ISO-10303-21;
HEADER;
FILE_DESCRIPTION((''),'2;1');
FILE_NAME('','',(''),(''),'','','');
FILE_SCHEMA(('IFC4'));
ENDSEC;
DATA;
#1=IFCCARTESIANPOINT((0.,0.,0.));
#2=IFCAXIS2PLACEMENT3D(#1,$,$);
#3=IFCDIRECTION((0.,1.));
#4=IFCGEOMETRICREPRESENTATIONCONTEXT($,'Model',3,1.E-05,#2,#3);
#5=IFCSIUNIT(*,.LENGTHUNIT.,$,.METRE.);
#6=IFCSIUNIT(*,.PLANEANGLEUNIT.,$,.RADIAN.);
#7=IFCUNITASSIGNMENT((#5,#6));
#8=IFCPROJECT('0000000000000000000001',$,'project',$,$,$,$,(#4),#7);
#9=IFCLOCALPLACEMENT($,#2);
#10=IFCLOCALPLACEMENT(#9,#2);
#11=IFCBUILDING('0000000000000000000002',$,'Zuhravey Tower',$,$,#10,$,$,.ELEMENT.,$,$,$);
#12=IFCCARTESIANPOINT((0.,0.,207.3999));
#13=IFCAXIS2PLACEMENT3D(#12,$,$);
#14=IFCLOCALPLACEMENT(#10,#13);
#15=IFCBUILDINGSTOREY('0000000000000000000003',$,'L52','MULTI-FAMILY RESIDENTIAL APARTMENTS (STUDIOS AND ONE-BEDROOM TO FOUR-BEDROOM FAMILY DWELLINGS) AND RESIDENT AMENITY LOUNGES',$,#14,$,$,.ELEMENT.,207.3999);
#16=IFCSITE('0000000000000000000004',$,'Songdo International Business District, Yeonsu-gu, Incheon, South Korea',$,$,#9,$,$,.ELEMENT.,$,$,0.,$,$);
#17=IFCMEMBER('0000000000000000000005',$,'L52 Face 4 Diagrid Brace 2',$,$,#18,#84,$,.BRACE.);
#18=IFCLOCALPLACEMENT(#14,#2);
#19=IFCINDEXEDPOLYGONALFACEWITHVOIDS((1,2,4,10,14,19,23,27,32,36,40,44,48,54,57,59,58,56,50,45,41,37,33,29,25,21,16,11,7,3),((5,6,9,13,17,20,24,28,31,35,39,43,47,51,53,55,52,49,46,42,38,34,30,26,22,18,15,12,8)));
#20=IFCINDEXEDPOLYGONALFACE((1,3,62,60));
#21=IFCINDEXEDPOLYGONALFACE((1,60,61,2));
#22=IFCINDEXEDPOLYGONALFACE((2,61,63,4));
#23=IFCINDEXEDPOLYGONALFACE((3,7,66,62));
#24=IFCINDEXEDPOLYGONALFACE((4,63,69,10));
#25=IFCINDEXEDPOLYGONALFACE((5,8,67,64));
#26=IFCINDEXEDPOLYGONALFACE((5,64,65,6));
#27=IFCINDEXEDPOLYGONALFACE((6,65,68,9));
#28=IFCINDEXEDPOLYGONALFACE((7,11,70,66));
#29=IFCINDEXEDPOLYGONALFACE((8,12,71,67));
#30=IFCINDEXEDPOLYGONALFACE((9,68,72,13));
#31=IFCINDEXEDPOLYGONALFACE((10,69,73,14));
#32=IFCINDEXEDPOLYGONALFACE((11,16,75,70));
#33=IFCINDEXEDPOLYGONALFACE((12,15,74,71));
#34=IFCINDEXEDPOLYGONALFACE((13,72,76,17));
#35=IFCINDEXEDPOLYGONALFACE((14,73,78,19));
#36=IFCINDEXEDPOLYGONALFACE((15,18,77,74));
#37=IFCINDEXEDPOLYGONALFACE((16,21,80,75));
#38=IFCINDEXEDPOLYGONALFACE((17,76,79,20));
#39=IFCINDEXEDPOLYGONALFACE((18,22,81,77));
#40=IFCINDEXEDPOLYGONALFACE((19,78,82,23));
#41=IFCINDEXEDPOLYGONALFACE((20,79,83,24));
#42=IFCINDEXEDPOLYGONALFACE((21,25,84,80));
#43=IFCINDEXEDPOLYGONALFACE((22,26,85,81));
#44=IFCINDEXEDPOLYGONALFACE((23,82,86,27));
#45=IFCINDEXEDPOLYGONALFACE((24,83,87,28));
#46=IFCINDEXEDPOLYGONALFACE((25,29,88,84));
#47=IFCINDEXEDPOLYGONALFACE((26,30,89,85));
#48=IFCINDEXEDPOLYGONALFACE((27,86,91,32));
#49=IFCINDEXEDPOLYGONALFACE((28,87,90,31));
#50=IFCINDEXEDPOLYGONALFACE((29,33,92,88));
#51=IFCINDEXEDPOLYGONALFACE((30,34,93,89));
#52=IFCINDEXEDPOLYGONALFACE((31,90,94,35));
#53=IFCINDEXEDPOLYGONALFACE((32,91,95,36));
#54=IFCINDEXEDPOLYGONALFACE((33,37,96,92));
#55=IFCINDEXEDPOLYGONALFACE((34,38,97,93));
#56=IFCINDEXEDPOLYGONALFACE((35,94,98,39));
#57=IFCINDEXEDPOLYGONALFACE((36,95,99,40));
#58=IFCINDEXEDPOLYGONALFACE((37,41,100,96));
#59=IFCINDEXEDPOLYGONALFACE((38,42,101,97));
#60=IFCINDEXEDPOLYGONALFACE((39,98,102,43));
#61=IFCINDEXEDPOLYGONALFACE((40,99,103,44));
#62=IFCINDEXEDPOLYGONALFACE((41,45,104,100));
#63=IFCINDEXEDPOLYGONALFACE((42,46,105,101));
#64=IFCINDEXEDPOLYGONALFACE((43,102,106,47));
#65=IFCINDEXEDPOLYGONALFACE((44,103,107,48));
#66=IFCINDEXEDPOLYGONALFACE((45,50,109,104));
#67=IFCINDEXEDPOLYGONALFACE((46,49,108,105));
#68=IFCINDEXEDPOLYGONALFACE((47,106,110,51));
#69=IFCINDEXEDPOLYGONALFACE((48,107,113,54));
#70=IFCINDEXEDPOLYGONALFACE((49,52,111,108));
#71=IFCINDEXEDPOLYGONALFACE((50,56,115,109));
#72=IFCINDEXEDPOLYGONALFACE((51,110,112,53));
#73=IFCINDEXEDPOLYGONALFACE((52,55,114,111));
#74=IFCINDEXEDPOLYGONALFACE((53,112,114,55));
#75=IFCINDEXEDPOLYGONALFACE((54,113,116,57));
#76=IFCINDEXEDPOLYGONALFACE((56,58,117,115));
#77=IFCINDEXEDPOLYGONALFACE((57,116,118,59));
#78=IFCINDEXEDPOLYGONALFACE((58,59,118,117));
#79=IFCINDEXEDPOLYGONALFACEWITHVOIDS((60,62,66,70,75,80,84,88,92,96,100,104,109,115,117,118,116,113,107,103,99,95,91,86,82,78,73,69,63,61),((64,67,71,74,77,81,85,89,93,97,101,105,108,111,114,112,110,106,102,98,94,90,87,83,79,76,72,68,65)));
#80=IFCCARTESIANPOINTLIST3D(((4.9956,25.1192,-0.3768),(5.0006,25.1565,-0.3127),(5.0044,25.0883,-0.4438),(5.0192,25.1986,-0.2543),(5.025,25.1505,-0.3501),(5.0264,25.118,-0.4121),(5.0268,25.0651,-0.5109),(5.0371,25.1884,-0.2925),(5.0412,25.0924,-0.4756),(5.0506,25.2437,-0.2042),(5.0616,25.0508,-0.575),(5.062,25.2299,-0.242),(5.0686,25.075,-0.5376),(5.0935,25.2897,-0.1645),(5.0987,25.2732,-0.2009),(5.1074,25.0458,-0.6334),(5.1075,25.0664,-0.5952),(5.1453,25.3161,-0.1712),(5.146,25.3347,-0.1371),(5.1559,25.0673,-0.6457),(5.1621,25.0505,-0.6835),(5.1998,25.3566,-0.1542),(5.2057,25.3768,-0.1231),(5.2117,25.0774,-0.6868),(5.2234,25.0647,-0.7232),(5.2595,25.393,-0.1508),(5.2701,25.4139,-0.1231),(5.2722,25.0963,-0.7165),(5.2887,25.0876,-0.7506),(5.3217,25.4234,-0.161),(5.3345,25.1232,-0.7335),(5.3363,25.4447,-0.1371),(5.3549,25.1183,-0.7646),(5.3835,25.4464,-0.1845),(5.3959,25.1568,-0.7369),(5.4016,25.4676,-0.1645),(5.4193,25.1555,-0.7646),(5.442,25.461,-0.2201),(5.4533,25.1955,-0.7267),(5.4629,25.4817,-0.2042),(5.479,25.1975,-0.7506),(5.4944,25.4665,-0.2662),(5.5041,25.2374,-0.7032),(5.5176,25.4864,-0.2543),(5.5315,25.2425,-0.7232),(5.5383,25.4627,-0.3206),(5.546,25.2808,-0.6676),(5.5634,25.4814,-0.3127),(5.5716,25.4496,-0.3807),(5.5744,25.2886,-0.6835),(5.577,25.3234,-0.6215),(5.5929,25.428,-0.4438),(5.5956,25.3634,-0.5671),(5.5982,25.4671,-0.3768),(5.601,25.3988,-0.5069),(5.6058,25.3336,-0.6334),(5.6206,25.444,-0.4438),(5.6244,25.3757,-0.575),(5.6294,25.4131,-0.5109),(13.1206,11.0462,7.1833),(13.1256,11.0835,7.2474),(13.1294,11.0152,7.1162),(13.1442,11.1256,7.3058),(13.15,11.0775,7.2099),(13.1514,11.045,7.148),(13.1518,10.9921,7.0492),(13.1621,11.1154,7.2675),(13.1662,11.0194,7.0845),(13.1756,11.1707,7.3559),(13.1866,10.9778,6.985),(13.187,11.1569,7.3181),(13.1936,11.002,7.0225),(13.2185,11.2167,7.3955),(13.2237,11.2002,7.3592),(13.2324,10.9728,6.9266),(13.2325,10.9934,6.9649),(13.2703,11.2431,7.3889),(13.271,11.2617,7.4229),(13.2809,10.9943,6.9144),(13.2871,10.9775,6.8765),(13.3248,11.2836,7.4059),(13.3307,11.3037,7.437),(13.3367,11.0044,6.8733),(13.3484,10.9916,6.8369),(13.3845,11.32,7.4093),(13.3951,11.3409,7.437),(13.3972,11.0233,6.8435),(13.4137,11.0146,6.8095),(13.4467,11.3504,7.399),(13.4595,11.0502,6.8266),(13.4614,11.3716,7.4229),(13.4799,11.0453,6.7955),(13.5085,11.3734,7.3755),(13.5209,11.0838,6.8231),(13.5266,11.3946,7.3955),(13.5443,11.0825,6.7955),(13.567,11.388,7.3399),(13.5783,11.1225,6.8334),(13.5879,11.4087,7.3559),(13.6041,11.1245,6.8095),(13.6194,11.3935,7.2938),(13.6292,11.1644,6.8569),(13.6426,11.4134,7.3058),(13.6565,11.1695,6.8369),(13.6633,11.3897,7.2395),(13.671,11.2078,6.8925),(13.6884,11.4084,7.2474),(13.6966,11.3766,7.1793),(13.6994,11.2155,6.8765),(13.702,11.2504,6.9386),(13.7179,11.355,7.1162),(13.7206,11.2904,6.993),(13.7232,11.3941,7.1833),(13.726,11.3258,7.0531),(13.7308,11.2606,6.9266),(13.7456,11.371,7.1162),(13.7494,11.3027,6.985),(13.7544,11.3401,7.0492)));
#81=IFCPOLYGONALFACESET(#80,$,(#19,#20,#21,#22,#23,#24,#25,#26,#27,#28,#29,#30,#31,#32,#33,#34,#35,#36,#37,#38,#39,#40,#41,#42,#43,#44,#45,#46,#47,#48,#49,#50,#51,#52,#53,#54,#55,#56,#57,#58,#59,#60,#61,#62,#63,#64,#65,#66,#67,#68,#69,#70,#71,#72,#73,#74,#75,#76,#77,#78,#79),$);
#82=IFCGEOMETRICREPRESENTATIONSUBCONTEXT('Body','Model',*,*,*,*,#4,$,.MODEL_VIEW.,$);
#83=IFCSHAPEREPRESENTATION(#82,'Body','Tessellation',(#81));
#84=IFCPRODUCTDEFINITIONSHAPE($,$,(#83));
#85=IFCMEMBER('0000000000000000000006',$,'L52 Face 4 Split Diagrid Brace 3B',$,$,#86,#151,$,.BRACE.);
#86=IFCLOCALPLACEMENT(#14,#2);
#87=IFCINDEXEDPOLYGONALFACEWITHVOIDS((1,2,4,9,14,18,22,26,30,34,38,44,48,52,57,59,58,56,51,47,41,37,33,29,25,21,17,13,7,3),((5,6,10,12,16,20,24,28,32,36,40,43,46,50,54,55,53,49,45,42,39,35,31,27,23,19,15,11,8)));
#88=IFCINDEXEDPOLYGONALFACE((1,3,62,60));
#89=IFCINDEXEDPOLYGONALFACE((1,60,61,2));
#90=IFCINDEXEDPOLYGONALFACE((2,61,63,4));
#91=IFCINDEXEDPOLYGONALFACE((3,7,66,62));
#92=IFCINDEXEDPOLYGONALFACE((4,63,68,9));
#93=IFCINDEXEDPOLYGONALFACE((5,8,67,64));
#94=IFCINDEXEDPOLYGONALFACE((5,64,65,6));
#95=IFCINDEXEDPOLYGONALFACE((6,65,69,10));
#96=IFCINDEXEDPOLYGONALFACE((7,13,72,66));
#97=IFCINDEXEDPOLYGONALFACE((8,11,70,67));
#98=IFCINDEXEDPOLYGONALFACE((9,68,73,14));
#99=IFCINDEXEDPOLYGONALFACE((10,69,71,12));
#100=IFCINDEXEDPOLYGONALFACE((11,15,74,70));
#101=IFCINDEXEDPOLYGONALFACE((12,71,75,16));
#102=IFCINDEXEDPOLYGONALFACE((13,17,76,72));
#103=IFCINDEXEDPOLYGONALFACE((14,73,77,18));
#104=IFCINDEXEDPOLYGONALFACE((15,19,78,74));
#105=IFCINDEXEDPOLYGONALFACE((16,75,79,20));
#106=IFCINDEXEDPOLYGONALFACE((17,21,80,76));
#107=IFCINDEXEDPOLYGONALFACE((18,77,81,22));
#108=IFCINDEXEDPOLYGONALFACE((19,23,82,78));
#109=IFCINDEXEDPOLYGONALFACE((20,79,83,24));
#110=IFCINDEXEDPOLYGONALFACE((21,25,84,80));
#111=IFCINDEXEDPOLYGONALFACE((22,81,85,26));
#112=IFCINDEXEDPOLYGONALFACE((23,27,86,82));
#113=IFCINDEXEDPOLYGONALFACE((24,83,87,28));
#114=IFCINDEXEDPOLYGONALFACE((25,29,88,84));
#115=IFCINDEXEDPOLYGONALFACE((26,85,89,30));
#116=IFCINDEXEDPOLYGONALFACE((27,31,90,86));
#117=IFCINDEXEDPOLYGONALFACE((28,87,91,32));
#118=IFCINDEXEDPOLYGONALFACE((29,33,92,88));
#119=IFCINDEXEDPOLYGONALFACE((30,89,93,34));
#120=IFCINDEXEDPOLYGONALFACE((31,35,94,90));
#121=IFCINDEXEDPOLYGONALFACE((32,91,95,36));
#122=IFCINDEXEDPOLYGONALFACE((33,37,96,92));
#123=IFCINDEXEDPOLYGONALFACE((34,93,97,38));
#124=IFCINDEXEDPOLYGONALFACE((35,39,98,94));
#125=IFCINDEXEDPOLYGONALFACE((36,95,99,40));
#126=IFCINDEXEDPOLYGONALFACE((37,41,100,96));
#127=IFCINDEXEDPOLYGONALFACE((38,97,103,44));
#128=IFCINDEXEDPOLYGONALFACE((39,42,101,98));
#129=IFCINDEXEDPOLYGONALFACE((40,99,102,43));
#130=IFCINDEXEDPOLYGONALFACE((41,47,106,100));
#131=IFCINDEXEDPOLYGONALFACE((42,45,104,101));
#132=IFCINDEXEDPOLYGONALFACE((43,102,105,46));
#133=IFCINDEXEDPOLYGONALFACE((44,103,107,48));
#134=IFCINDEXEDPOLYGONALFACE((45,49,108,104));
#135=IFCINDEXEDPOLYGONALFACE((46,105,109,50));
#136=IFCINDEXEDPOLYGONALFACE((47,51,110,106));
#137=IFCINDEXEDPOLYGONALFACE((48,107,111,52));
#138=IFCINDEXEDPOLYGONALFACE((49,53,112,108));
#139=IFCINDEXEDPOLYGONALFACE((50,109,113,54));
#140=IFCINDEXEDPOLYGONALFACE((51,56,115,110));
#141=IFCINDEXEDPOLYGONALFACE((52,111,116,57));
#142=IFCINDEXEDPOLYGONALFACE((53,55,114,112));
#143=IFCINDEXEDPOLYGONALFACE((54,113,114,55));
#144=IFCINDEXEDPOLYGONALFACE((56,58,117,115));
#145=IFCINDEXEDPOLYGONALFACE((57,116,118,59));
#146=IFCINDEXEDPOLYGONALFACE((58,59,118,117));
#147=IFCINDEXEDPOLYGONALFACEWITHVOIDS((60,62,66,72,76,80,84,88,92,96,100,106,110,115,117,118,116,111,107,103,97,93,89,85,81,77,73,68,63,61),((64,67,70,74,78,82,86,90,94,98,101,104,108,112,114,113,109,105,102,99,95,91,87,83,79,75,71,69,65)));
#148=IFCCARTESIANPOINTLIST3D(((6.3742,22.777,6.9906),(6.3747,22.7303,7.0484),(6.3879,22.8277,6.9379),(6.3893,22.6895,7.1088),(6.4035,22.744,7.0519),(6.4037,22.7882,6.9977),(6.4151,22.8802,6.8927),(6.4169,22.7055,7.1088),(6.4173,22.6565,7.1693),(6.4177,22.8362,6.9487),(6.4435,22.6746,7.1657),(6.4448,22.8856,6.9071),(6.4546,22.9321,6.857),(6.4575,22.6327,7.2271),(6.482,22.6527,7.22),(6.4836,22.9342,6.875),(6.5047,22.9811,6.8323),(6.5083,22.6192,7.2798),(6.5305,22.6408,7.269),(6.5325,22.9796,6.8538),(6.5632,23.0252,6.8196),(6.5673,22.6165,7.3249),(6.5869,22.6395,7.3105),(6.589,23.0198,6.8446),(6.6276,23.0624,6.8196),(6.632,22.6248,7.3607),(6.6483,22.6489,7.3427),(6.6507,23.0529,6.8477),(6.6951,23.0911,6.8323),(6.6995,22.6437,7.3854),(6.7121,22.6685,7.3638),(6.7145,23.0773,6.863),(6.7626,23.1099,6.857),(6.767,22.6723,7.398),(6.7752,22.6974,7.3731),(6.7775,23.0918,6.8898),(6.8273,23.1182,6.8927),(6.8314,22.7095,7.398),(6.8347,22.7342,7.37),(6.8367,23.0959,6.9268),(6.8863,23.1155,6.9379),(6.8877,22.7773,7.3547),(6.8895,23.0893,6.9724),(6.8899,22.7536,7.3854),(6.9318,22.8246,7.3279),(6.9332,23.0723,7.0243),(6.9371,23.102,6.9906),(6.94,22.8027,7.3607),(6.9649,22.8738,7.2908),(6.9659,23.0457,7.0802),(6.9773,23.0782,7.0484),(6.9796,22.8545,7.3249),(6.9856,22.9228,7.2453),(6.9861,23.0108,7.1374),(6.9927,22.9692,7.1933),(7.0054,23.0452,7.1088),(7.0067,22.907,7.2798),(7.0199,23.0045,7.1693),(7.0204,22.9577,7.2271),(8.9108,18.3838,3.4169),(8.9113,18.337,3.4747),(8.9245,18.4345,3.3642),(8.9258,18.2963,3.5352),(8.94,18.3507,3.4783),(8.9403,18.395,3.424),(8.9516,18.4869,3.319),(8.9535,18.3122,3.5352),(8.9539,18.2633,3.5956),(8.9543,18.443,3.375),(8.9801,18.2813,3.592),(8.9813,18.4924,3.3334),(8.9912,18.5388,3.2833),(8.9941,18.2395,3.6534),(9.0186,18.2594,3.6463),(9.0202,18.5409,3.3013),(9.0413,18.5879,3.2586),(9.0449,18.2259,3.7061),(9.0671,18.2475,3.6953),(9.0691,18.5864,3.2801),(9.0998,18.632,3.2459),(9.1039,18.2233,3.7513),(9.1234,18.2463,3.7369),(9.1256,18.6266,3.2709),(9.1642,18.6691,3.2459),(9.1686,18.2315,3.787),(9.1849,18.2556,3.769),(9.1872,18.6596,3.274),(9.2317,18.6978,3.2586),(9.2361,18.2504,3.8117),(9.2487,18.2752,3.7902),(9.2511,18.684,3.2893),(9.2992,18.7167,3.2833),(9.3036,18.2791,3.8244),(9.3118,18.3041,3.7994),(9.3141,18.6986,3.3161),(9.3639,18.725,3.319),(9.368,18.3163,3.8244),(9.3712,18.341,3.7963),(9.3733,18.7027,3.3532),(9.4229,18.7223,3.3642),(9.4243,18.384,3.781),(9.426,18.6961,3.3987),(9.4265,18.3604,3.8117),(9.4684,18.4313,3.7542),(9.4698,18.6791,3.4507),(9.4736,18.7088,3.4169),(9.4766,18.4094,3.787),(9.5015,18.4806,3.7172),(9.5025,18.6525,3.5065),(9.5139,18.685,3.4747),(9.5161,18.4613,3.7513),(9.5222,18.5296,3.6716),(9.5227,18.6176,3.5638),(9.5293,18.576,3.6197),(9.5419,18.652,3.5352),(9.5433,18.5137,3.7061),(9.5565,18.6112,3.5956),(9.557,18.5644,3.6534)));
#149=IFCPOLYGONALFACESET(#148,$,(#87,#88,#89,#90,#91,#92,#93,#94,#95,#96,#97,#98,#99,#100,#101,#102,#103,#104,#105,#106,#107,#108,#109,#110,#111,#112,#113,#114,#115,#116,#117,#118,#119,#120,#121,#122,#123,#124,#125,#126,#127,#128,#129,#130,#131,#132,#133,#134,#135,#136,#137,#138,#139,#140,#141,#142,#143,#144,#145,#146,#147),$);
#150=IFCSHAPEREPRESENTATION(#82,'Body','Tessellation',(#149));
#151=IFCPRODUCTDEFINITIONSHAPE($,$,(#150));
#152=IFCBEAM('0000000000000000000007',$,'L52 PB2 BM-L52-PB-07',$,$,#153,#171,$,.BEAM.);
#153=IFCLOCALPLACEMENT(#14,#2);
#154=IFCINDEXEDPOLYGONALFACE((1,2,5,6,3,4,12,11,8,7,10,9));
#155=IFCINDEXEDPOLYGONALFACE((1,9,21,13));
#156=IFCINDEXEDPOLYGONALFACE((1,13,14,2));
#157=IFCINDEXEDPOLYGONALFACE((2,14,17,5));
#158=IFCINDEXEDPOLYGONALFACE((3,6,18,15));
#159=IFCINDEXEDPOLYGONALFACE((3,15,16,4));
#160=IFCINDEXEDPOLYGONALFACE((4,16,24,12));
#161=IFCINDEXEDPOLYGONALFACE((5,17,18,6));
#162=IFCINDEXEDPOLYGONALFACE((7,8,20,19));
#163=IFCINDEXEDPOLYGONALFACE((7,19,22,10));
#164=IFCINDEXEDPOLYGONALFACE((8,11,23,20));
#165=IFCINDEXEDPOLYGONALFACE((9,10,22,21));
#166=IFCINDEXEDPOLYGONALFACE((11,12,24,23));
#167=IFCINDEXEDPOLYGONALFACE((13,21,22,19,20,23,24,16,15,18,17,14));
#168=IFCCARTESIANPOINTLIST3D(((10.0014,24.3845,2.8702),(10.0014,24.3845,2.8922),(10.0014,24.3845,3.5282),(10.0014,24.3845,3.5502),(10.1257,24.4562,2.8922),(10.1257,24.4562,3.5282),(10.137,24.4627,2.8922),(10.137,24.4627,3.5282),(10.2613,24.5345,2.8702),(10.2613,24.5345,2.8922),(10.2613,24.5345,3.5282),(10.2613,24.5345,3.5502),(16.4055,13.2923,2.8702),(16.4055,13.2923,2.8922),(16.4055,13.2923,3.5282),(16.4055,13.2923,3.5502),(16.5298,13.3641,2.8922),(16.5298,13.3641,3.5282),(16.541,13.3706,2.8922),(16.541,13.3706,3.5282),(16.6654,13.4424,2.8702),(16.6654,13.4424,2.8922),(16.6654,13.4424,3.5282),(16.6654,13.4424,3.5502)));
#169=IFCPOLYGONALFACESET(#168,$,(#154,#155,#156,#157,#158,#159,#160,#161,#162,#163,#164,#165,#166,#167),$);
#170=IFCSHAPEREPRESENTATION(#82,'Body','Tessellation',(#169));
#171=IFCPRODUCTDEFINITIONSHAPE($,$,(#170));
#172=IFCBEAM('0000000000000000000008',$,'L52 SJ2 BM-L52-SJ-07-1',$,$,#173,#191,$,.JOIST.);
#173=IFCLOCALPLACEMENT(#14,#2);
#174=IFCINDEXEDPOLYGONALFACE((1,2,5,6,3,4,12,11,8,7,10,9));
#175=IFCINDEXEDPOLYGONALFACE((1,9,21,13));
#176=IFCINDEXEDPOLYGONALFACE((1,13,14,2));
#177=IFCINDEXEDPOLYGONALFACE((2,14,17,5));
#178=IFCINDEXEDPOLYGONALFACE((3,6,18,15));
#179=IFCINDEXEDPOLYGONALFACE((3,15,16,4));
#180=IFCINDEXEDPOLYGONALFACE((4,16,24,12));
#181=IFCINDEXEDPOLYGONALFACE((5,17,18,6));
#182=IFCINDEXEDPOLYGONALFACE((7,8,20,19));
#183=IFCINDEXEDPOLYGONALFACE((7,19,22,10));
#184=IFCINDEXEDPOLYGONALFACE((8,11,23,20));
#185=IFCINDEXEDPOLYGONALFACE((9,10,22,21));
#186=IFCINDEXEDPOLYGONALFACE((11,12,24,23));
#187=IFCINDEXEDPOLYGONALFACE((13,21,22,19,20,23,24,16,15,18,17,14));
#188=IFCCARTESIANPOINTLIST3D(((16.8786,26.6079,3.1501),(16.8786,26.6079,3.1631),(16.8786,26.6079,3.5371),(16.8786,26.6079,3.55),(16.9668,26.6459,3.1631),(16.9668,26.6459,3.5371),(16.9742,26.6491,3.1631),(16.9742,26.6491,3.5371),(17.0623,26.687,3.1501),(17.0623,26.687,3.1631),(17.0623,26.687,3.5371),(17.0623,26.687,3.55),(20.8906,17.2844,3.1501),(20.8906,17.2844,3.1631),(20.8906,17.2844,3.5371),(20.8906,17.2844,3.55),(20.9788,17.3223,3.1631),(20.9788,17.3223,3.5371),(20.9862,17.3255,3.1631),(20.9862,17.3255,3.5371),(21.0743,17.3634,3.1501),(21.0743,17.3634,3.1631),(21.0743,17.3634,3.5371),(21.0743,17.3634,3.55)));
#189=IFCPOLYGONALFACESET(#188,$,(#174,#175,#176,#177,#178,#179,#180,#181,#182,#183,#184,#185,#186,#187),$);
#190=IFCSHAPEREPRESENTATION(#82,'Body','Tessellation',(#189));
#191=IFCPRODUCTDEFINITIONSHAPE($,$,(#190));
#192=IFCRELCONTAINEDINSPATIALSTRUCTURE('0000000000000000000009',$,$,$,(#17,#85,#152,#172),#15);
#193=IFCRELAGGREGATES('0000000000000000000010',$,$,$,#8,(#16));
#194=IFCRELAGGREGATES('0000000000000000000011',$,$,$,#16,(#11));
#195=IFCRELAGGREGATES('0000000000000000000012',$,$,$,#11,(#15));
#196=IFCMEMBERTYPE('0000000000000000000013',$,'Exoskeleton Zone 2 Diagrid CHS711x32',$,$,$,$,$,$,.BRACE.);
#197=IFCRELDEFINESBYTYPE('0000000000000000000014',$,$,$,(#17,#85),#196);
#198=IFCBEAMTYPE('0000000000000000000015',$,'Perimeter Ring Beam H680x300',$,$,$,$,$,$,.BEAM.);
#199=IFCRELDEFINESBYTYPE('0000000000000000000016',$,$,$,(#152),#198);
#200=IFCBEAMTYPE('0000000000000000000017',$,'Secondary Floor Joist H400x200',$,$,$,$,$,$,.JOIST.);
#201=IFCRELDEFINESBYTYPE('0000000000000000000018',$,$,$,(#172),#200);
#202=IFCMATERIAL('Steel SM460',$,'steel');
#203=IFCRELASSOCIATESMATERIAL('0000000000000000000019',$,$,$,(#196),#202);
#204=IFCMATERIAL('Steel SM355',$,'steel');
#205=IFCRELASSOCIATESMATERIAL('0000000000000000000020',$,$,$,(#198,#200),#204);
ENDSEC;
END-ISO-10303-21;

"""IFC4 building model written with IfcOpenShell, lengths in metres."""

from ifc_helpers import new_model, si_unit, direction, frame, origin, origin_2d, place, context, subcontext, project, spatial, hollow_circle, i_section, extrude, material, material_profile, profile_set, type_object, element, save


model = new_model("IFC4")

# Units and contexts
model_context = context("Model", 3, precision=1e-05, world=origin(), true_north=direction((0.0, 1.0)))
body_context = subcontext(model_context, "Body", "Model", "MODEL_VIEW")
ifc_project = project(units=[si_unit("LENGTHUNIT", "METRE"), si_unit("PLANEANGLEUNIT", "RADIAN")], contexts=[model_context])

# Site, building, storey
site_placement = place(None, origin())
site = spatial("IfcSite", under=ifc_project, at=site_placement, Name="Songdo International Business District, Yeonsu-gu, Incheon, South Korea", CompositionType="ELEMENT", RefElevation=0.0)
building_placement = place(site_placement, origin())
building = spatial("IfcBuilding", under=site, at=building_placement, Name="Zuhravey Tower", CompositionType="ELEMENT")
storey_placement = place(building_placement, frame((0.0, 0.0, 207.3999)))
storey = spatial("IfcBuildingStorey", under=building, at=storey_placement, Name="L52", Description="MULTI-FAMILY RESIDENTIAL APARTMENTS (STUDIOS AND ONE-BEDROOM TO FOUR-BEDROOM FAMILY DWELLINGS) AND RESIDENT AMENITY LOUNGES", CompositionType="ELEMENT", Elevation=207.3999)

# Members
ifc_material_1 = material(Name="Steel SM355", Category="steel")
ifc_material_2 = material(Name="Steel SM460", Category="steel")
ifc_material_profile_1 = material_profile(ifc_material_2, hollow_circle(Radius=0.3557, WallThickness=0.032, at=origin_2d()), Name="CHS-711.2x32")
ifc_profile_set_1 = profile_set([ifc_material_profile_1], Name="Steel SM460")
member_type_1 = type_object("IfcMemberType", Name="Exoskeleton Zone 2 Diagrid CHS711x32", PredefinedType="BRACE", material=ifc_profile_set_1)
member_1_placement = place(storey_placement, frame((5.3125, 25.2661, -0.4438), z_axis=(0.453338, -0.78521, 0.421817), x_axis=(0.866027, 0.499998, 0.0)))
element("IfcMember", 1, at=member_1_placement, inside=storey, type_object=member_type_1, Name="L52 Face 4 Diagrid Brace 2", PredefinedType="BRACE", context=body_context, shape_type="SweptSolid", body=[
    extrude(hollow_circle(Radius=0.3557, WallThickness=0.032, at=origin_2d()), origin(), (0.0, 0.0, 1.0), 17.9226),
])
member_2_placement = place(storey_placement, frame((9.2339, 18.4741, 3.5352), z_axis=(-0.408775, 0.70798, 0.575905), x_axis=(-0.866013, -0.500021, 0.0)))
element("IfcMember", 2, at=member_2_placement, inside=storey, type_object=member_type_1, Name="L52 Face 4 Split Diagrid Brace 3B", PredefinedType="BRACE", context=body_context, shape_type="SweptSolid", body=[
    extrude(hollow_circle(Radius=0.3557, WallThickness=0.032, at=origin_2d()), origin(), (0.0, 0.0, 1.0), 6.2053),
])

# Beams
ifc_material_profile_2 = material_profile(ifc_material_1, i_section(OverallWidth=0.3, OverallDepth=0.6799, WebThickness=0.0129, FlangeThickness=0.022, at=origin_2d()), Name="H-680x300x13x22")
ifc_profile_set_2 = profile_set([ifc_material_profile_2], Name="Steel SM355")
beam_type_1 = type_object("IfcBeamType", Name="Perimeter Ring Beam H680x300", PredefinedType="BEAM", material=ifc_profile_set_2)
beam_1_placement = place(storey_placement, frame((10.1313, 24.4595, 3.2102), z_axis=(0.500004, -0.866023, 0.0), x_axis=(0.866023, 0.500004, 0.0)))
element("IfcBeam", 3, at=beam_1_placement, inside=storey, type_object=beam_type_1, Name="L52 PB2 BM-L52-PB-07", PredefinedType="BEAM", context=body_context, shape_type="SweptSolid", body=[
    extrude(i_section(OverallWidth=0.3, OverallDepth=0.6799, WebThickness=0.0129, FlangeThickness=0.022, at=origin_2d()), origin(), (0.0, 0.0, 1.0), 12.8081),
])
ifc_material_profile_3 = material_profile(ifc_material_1, i_section(OverallWidth=0.2, OverallDepth=0.3999, WebThickness=0.0081, FlangeThickness=0.0129, at=origin_2d()), Name="H-400x200x8x13")
ifc_profile_set_3 = profile_set([ifc_material_profile_3], Name="Steel SM355")
beam_type_2 = type_object("IfcBeamType", Name="Secondary Floor Joist H400x200", PredefinedType="JOIST", material=ifc_profile_set_3)
beam_2_placement = place(storey_placement, frame((16.9705, 26.6475, 3.3501), z_axis=(0.395266, -0.918567, 0.0), x_axis=(0.918567, 0.395266, 0.0)))
element("IfcBeam", 4, at=beam_2_placement, inside=storey, type_object=beam_type_2, Name="L52 SJ2 BM-L52-SJ-07-1", PredefinedType="JOIST", context=body_context, shape_type="SweptSolid", body=[
    extrude(i_section(OverallWidth=0.2, OverallDepth=0.3999, WebThickness=0.0081, FlangeThickness=0.0129, at=origin_2d()), origin(), (0.0, 0.0, 1.0), 10.1501),
])

save(model, "model.ifc")
